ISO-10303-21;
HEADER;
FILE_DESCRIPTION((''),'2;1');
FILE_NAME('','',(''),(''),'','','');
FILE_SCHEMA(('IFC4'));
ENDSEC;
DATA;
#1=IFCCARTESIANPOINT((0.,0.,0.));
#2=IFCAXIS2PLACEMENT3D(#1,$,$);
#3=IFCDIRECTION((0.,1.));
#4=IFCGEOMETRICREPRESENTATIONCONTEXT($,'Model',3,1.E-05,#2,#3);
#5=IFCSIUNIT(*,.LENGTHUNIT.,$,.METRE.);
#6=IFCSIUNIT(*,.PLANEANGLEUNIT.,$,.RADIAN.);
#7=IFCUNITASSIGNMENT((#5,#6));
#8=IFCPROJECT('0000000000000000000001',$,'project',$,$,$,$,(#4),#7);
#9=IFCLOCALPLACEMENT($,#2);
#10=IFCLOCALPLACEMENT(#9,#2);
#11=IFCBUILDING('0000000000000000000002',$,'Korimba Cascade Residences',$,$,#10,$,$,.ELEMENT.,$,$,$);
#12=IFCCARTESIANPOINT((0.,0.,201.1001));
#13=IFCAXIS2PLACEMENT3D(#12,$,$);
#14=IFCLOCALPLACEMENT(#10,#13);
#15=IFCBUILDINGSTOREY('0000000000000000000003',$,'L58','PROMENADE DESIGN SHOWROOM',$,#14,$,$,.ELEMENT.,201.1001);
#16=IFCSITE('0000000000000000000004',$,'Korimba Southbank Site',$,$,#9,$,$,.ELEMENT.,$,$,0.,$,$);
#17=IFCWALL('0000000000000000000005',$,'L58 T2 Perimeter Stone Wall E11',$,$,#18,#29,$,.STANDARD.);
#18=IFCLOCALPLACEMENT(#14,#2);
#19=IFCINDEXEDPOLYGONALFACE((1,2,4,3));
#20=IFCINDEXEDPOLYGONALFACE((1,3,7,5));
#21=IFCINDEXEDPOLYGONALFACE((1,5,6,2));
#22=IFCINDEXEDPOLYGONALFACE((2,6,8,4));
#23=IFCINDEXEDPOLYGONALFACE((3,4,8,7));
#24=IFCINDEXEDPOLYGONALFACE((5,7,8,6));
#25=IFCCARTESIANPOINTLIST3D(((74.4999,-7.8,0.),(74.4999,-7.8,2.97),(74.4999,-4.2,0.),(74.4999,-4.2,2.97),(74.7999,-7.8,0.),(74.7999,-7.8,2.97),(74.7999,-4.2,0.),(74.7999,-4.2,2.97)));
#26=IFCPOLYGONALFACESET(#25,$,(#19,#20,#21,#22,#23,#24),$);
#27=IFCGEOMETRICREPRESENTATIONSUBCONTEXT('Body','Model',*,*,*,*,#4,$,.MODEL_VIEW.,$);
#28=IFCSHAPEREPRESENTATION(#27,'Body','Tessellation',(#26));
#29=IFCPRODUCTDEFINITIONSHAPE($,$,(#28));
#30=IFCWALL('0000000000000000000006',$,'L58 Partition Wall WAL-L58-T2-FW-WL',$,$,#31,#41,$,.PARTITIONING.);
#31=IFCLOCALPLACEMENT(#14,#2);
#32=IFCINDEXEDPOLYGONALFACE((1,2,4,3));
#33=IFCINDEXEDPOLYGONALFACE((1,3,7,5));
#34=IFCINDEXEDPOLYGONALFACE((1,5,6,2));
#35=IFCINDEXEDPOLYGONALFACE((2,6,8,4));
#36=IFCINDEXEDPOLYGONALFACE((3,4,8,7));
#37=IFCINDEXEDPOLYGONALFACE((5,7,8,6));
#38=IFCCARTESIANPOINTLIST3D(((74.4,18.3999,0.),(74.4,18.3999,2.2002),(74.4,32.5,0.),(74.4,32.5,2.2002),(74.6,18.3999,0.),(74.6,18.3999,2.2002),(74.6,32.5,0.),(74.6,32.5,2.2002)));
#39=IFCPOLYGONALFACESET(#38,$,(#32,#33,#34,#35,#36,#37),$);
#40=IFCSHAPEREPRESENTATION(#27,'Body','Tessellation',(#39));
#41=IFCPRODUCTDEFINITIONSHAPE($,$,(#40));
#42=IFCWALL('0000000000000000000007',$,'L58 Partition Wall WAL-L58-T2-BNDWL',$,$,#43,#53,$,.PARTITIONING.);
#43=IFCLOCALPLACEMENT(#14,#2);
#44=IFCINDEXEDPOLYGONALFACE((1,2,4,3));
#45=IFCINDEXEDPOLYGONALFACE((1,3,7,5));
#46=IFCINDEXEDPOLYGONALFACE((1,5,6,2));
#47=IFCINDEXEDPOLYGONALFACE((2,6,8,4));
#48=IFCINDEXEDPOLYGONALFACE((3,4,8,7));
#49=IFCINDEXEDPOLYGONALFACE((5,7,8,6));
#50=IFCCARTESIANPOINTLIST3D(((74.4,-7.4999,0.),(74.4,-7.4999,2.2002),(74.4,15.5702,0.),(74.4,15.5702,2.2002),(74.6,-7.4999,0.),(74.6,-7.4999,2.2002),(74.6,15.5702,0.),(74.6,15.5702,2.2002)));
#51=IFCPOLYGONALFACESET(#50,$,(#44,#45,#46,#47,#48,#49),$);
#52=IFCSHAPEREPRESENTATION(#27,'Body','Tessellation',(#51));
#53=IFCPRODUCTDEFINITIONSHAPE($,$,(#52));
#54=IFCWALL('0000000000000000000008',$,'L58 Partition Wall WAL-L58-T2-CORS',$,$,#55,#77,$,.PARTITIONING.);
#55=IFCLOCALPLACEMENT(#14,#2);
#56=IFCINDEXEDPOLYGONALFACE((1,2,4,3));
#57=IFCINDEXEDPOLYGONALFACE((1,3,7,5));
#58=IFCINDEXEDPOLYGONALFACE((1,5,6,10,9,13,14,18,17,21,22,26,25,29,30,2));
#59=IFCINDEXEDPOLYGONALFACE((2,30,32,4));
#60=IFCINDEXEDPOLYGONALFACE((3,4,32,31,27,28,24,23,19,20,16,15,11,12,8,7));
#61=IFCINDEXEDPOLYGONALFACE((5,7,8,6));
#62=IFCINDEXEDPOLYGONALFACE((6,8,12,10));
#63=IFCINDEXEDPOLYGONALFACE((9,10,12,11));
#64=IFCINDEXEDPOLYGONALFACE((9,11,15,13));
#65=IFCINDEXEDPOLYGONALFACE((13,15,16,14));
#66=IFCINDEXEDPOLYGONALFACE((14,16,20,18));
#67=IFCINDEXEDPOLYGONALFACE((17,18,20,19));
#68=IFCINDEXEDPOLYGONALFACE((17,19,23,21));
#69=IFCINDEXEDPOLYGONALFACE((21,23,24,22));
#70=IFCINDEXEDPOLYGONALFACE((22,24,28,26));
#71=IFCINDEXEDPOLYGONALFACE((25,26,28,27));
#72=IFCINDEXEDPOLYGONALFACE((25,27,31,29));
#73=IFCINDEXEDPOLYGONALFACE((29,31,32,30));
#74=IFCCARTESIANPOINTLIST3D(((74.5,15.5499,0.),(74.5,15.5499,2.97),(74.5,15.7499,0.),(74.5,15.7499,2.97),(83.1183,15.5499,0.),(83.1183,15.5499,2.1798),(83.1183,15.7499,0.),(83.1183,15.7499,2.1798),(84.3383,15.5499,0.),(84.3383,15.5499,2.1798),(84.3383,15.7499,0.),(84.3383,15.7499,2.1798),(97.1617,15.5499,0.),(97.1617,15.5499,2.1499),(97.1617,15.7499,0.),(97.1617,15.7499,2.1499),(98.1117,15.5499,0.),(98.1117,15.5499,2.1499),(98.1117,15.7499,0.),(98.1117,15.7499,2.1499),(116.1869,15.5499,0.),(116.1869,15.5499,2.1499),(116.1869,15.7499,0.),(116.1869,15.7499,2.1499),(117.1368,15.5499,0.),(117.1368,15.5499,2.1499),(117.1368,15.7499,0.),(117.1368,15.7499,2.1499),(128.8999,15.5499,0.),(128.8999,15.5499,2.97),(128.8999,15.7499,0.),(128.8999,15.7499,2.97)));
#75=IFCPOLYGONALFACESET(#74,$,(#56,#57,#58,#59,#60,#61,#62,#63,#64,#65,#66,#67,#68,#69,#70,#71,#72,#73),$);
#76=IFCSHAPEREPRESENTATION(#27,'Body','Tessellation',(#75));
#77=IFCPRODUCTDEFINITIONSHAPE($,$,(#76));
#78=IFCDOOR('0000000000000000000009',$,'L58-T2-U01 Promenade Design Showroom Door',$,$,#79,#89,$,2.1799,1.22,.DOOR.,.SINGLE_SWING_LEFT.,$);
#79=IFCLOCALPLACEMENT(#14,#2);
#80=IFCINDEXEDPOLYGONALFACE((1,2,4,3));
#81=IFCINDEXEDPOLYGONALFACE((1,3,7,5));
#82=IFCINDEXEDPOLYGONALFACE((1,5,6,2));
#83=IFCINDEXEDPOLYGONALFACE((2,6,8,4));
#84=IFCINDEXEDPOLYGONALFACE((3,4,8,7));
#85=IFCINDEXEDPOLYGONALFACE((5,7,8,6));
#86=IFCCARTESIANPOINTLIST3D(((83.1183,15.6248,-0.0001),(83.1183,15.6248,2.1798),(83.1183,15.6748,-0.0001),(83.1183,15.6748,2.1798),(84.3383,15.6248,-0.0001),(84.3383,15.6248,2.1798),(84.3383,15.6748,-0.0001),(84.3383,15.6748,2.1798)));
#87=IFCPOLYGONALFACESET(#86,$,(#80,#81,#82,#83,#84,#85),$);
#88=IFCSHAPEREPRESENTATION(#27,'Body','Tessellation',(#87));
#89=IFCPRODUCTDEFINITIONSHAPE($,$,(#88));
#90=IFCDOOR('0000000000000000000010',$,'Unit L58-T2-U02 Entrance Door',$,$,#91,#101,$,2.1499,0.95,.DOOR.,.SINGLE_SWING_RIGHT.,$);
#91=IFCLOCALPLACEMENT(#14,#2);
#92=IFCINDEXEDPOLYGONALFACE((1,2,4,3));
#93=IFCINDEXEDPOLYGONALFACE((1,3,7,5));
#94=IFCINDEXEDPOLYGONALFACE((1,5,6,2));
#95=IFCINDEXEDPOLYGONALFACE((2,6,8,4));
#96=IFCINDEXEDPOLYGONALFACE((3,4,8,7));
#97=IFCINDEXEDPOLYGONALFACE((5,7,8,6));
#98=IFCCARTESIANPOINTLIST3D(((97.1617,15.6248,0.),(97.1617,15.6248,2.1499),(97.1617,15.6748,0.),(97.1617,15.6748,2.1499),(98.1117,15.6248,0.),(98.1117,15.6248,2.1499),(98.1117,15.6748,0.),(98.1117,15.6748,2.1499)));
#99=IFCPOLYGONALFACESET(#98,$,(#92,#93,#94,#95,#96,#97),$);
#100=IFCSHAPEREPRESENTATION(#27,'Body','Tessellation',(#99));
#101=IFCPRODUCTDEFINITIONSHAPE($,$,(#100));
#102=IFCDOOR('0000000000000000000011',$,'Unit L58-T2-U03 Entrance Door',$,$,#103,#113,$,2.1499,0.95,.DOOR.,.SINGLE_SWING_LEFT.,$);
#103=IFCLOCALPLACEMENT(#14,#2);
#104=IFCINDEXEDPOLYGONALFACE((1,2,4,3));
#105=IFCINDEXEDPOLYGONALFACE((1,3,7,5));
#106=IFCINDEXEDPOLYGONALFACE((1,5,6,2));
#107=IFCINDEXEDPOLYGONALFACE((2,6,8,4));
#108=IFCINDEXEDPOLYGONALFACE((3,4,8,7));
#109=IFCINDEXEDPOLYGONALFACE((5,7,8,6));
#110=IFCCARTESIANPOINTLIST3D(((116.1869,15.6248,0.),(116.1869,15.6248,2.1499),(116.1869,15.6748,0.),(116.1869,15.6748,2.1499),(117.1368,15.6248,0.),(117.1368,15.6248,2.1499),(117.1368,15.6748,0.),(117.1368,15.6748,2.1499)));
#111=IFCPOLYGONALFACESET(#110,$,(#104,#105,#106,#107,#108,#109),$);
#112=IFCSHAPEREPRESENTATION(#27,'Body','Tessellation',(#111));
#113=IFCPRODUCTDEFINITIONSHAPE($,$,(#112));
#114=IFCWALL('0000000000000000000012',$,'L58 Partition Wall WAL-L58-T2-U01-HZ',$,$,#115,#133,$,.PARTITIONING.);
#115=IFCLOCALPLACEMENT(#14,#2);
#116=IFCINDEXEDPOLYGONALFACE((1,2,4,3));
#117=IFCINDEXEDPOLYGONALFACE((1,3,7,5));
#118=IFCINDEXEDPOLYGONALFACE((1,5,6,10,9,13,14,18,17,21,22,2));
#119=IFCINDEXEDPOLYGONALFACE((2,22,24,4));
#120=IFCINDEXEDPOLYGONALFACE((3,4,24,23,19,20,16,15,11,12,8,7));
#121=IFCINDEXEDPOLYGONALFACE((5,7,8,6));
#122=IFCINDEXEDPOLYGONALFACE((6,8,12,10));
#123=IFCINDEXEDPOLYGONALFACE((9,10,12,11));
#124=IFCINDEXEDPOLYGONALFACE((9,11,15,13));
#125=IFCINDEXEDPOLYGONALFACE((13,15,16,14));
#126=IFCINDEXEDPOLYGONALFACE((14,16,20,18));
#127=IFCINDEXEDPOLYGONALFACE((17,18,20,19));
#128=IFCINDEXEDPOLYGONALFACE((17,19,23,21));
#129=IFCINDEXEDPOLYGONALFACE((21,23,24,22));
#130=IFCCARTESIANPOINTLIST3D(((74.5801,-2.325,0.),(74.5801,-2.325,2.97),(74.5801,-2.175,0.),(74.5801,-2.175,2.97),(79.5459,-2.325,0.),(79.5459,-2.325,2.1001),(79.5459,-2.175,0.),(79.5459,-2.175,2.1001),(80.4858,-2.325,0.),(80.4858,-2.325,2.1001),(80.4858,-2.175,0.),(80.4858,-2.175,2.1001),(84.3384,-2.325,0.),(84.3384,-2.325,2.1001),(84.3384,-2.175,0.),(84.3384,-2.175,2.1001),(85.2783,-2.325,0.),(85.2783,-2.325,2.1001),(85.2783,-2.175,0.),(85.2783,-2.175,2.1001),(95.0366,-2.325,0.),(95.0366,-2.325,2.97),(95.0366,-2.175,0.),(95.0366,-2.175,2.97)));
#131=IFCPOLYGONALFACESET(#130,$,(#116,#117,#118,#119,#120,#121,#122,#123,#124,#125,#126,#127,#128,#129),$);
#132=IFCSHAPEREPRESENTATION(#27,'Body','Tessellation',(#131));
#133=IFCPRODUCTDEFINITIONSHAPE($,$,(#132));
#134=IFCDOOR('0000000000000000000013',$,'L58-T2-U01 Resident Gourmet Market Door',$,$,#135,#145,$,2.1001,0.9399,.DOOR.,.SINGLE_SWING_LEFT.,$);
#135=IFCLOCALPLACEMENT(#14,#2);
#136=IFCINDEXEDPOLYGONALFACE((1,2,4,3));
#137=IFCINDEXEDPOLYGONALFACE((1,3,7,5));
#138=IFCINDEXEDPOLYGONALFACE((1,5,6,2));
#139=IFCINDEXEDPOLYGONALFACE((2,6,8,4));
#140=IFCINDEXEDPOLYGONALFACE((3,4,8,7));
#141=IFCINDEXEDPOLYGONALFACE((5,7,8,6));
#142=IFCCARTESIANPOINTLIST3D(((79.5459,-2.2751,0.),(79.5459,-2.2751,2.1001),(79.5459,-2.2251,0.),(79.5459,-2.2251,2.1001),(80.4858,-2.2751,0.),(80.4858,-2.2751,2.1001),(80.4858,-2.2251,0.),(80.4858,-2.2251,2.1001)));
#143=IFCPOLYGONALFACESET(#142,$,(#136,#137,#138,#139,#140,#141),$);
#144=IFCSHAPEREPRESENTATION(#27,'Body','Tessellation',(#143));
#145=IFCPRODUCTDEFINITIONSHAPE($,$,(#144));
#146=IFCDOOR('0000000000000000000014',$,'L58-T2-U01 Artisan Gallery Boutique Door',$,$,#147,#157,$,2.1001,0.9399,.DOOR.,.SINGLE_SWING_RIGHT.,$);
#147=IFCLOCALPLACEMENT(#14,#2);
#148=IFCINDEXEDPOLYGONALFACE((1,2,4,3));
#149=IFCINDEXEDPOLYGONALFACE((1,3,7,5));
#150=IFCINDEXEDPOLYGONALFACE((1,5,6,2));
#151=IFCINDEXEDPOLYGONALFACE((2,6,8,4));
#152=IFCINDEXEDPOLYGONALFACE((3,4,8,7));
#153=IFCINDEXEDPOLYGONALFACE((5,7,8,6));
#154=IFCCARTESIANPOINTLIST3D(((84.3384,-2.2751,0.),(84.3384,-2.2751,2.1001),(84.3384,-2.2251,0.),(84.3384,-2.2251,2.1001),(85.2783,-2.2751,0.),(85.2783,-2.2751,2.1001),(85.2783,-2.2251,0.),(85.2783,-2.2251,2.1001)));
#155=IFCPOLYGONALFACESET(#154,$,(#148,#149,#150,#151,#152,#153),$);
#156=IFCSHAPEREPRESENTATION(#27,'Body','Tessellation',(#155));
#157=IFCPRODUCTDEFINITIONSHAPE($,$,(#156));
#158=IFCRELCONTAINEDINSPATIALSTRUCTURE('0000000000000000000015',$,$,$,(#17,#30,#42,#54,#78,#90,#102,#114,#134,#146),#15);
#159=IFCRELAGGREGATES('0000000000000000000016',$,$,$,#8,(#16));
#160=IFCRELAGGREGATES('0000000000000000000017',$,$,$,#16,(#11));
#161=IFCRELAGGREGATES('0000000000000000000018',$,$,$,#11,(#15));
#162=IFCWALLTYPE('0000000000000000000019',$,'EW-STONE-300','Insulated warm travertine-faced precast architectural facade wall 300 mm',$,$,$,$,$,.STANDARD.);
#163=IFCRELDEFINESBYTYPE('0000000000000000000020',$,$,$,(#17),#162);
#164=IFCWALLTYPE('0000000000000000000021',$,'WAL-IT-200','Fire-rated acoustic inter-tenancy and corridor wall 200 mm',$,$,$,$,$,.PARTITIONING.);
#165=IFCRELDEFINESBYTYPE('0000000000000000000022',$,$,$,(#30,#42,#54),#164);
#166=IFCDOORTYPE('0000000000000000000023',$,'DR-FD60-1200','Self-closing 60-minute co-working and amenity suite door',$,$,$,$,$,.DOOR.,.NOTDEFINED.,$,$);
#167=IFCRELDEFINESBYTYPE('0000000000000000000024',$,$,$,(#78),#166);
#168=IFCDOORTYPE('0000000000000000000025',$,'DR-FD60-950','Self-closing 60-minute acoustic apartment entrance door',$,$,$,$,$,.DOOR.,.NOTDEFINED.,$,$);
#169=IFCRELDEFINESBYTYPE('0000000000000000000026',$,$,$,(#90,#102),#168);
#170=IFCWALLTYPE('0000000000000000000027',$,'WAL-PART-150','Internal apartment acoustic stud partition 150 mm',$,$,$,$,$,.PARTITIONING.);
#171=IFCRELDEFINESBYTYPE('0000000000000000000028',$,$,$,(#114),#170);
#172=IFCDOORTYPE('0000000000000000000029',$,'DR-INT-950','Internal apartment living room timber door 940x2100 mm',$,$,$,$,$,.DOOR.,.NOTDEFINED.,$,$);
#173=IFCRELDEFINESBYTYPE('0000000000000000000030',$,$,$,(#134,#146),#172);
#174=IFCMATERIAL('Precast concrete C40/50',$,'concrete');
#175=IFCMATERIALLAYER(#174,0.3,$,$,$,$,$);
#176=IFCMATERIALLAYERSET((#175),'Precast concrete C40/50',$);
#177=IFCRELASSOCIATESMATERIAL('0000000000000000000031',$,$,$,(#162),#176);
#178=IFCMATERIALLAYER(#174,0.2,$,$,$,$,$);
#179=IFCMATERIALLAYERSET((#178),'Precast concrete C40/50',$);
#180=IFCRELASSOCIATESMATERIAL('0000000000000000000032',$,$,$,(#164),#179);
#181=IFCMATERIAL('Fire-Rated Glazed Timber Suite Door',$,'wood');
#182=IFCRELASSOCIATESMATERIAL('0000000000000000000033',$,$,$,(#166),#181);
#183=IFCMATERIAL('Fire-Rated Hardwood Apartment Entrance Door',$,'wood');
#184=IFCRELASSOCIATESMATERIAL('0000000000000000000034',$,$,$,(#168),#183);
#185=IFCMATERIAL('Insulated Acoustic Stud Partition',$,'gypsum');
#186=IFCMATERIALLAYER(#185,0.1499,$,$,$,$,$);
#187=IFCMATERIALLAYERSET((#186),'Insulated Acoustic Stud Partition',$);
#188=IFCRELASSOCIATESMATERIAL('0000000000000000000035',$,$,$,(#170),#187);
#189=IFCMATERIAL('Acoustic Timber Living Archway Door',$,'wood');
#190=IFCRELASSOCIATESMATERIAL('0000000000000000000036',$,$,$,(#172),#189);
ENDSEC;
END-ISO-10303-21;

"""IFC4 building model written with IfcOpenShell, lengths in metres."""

from ifc_helpers import new_model, si_unit, direction, frame, frame_2d, origin, place, context, subcontext, project, spatial, rectangle, extrude, material, layer, layer_set, type_object, element, fill, save


model = new_model("IFC4")

# Units and contexts
model_context = context("Model", 3, precision=1e-05, world=origin(), true_north=direction((0.0, 1.0)))
body_context = subcontext(model_context, "Body", "Model", "MODEL_VIEW")
ifc_project = project(units=[si_unit("LENGTHUNIT", "METRE"), si_unit("PLANEANGLEUNIT", "RADIAN")], contexts=[model_context])

# Site, building, storey
site_placement = place(None, origin())
site = spatial("IfcSite", under=ifc_project, at=site_placement, Name="Korimba Southbank Site", CompositionType="ELEMENT", RefElevation=0.0)
building_placement = place(site_placement, origin())
building = spatial("IfcBuilding", under=site, at=building_placement, Name="Korimba Cascade Residences", CompositionType="ELEMENT")
storey_placement = place(building_placement, frame((0.0, 0.0, 201.1001)))
storey = spatial("IfcBuildingStorey", under=building, at=storey_placement, Name="L58", Description="PROMENADE DESIGN SHOWROOM", CompositionType="ELEMENT", Elevation=201.1001)

# Shared definitions
ifc_material_1 = material(Name="Precast concrete C40/50", Category="concrete")

# Walls
ifc_layer_1 = layer(ifc_material_1, 0.3)
ifc_layer_set_1 = layer_set([ifc_layer_1], Name="Precast concrete C40/50")
wall_type_1 = type_object("IfcWallType", Name="EW-STONE-300", Description="Insulated warm travertine-faced precast architectural facade wall 300 mm", PredefinedType="STANDARD", material=ifc_layer_set_1)
wall_1_placement = place(storey_placement, frame((74.6499, -4.2, 0.0), z_axis=(0.0, 0.0, 1.0), x_axis=(0.0, -1.0, 0.0)))
element("IfcWall", 1, at=wall_1_placement, inside=storey, type_object=wall_type_1, Name="L58 T2 Perimeter Stone Wall E11", PredefinedType="STANDARD", context=body_context, shape_type="SweptSolid", body=[
    extrude(rectangle(XDim=3.6001, YDim=0.3, at=frame_2d((1.8, 0.0))), origin(), (0.0, 0.0, 1.0), 2.97),
])
ifc_layer_2 = layer(ifc_material_1, 0.2)
ifc_layer_set_2 = layer_set([ifc_layer_2], Name="Precast concrete C40/50")
wall_type_2 = type_object("IfcWallType", Name="WAL-IT-200", Description="Fire-rated acoustic inter-tenancy and corridor wall 200 mm", PredefinedType="PARTITIONING", material=ifc_layer_set_2)
wall_2_placement = place(storey_placement, frame((74.5, 18.3999, 0.0), z_axis=(0.0, 0.0, 1.0), x_axis=(0.0, 1.0, 0.0)))
element("IfcWall", 2, at=wall_2_placement, inside=storey, type_object=wall_type_2, Name="L58 Partition Wall WAL-L58-T2-FW-WL", PredefinedType="PARTITIONING", context=body_context, shape_type="SweptSolid", body=[
    extrude(rectangle(XDim=14.1001, YDim=0.2, at=frame_2d((7.05, 0.0))), origin(), (0.0, 0.0, 1.0), 2.2002),
])
wall_3_placement = place(storey_placement, frame((74.5, -7.5, 0.0), z_axis=(0.0, 0.0, 1.0), x_axis=(0.0, 1.0, 0.0)))
element("IfcWall", 3, at=wall_3_placement, inside=storey, type_object=wall_type_2, Name="L58 Partition Wall WAL-L58-T2-BNDWL", PredefinedType="PARTITIONING", context=body_context, shape_type="SweptSolid", body=[
    extrude(rectangle(XDim=23.0701, YDim=0.2, at=frame_2d((11.5352, 0.0))), origin(), (0.0, 0.0, 1.0), 2.2002),
])

# Walls, openings, doors
wall_4_placement = place(storey_placement, frame((74.5, 15.6499, 0.0), z_axis=(0.0, 0.0, 1.0), x_axis=(1.0, 0.0, 0.0)))
wall_4 = element("IfcWall", 4, at=wall_4_placement, inside=storey, type_object=wall_type_2, Name="L58 Partition Wall WAL-L58-T2-CORS", PredefinedType="PARTITIONING", context=body_context, shape_type="SweptSolid", body=[
    extrude(rectangle(XDim=54.3999, YDim=0.2, at=frame_2d((27.2, 0.0))), origin(), (0.0, 0.0, 1.0), 2.97),
])
opening_1_placement = place(wall_4_placement, frame((8.6184, 0.0, 0.0)))
opening_1 = element("IfcOpeningElement", 5, at=opening_1_placement, cuts=wall_4, PredefinedType="OPENING", context=body_context, shape_type="SweptSolid", body=[
    extrude(rectangle(XDim=1.22, YDim=2.1799, at=frame_2d((0.6099, 1.0898))), frame((0.0, 0.1099, 0.0), z_axis=(0.0, -1.0, 0.0), x_axis=(1.0, 0.0, 0.0)), (0.0, 0.0, 1.0), 0.22),
])
opening_2_placement = place(wall_4_placement, frame((22.6616, 0.0, 0.0)))
opening_2 = element("IfcOpeningElement", 6, at=opening_2_placement, cuts=wall_4, PredefinedType="OPENING", context=body_context, shape_type="SweptSolid", body=[
    extrude(rectangle(XDim=0.95, YDim=2.1499, at=frame_2d((0.4751, 1.075))), frame((0.0, 0.1099, 0.0), z_axis=(0.0, -1.0, 0.0), x_axis=(1.0, 0.0, 0.0)), (0.0, 0.0, 1.0), 0.22),
])
opening_3_placement = place(wall_4_placement, frame((41.6868, 0.0, 0.0)))
opening_3 = element("IfcOpeningElement", 7, at=opening_3_placement, cuts=wall_4, PredefinedType="OPENING", context=body_context, shape_type="SweptSolid", body=[
    extrude(rectangle(XDim=0.95, YDim=2.1499, at=frame_2d((0.4751, 1.075))), frame((0.0, 0.1099, 0.0), z_axis=(0.0, -1.0, 0.0), x_axis=(1.0, 0.0, 0.0)), (0.0, 0.0, 1.0), 0.22),
])
ifc_material_2 = material(Name="Fire-Rated Glazed Timber Suite Door", Category="wood")
door_type_1 = type_object("IfcDoorType", Name="DR-FD60-1200", Description="Self-closing 60-minute co-working and amenity suite door", OperationType="NOTDEFINED", PredefinedType="DOOR", material=ifc_material_2)
door_1_placement = place(opening_1_placement, origin())
door_1 = element("IfcDoor", 8, at=door_1_placement, inside=storey, type_object=door_type_1, Name="L58-T2-U01 Promenade Design Showroom Door", OperationType="SINGLE_SWING_LEFT", OverallHeight=2.1799, OverallWidth=1.22, PredefinedType="DOOR", context=body_context, shape_type="SweptSolid", body=[
    extrude(rectangle(XDim=1.22, YDim=2.1799, at=frame_2d((0.6099, 1.0898))), frame((0.0, 0.0249, 0.0), z_axis=(0.0, -1.0, 0.0), x_axis=(1.0, 0.0, 0.0)), (0.0, 0.0, 1.0), 0.05),
])
fill(opening_1, door_1)
ifc_material_3 = material(Name="Fire-Rated Hardwood Apartment Entrance Door", Category="wood")
door_type_2 = type_object("IfcDoorType", Name="DR-FD60-950", Description="Self-closing 60-minute acoustic apartment entrance door", OperationType="NOTDEFINED", PredefinedType="DOOR", material=ifc_material_3)
door_2_placement = place(opening_2_placement, origin())
door_2 = element("IfcDoor", 9, at=door_2_placement, inside=storey, type_object=door_type_2, Name="Unit L58-T2-U02 Entrance Door", OperationType="SINGLE_SWING_RIGHT", OverallHeight=2.1499, OverallWidth=0.95, PredefinedType="DOOR", context=body_context, shape_type="SweptSolid", body=[
    extrude(rectangle(XDim=0.95, YDim=2.1499, at=frame_2d((0.4751, 1.075))), frame((0.0, 0.0249, 0.0), z_axis=(0.0, -1.0, 0.0), x_axis=(1.0, 0.0, 0.0)), (0.0, 0.0, 1.0), 0.05),
])
fill(opening_2, door_2)
door_3_placement = place(opening_3_placement, origin())
door_3 = element("IfcDoor", 10, at=door_3_placement, inside=storey, type_object=door_type_2, Name="Unit L58-T2-U03 Entrance Door", OperationType="SINGLE_SWING_LEFT", OverallHeight=2.1499, OverallWidth=0.95, PredefinedType="DOOR", context=body_context, shape_type="SweptSolid", body=[
    extrude(rectangle(XDim=0.95, YDim=2.1499, at=frame_2d((0.4751, 1.075))), frame((0.0, 0.0249, 0.0), z_axis=(0.0, -1.0, 0.0), x_axis=(1.0, 0.0, 0.0)), (0.0, 0.0, 1.0), 0.05),
])
fill(opening_3, door_3)
ifc_material_4 = material(Name="Insulated Acoustic Stud Partition", Category="gypsum")
ifc_layer_3 = layer(ifc_material_4, 0.1499)
ifc_layer_set_3 = layer_set([ifc_layer_3], Name="Insulated Acoustic Stud Partition")
wall_type_3 = type_object("IfcWallType", Name="WAL-PART-150", Description="Internal apartment acoustic stud partition 150 mm", PredefinedType="PARTITIONING", material=ifc_layer_set_3)
wall_5_placement = place(storey_placement, frame((74.5801, -2.25, 0.0), z_axis=(0.0, 0.0, 1.0), x_axis=(1.0, 0.0, 0.0)))
wall_5 = element("IfcWall", 11, at=wall_5_placement, inside=storey, type_object=wall_type_3, Name="L58 Partition Wall WAL-L58-T2-U01-HZ", PredefinedType="PARTITIONING", context=body_context, shape_type="SweptSolid", body=[
    extrude(rectangle(XDim=20.4565, YDim=0.1499, at=frame_2d((10.2283, 0.0))), origin(), (0.0, 0.0, 1.0), 2.97),
])
opening_4_placement = place(wall_5_placement, frame((4.9658, 0.0, 0.0)))
opening_4 = element("IfcOpeningElement", 12, at=opening_4_placement, cuts=wall_5, PredefinedType="OPENING", context=body_context, shape_type="SweptSolid", body=[
    extrude(rectangle(XDim=0.9399, YDim=2.1001, at=frame_2d((0.47, 1.05))), frame((0.0, 0.085, 0.0), z_axis=(0.0, -1.0, 0.0), x_axis=(1.0, 0.0, 0.0)), (0.0, 0.0, 1.0), 0.1699),
])
opening_5_placement = place(wall_5_placement, frame((9.7583, 0.0, 0.0)))
opening_5 = element("IfcOpeningElement", 13, at=opening_5_placement, cuts=wall_5, PredefinedType="OPENING", context=body_context, shape_type="SweptSolid", body=[
    extrude(rectangle(XDim=0.9399, YDim=2.1001, at=frame_2d((0.47, 1.05))), frame((0.0, 0.085, 0.0), z_axis=(0.0, -1.0, 0.0), x_axis=(1.0, 0.0, 0.0)), (0.0, 0.0, 1.0), 0.1699),
])
ifc_material_5 = material(Name="Acoustic Timber Living Archway Door", Category="wood")
door_type_3 = type_object("IfcDoorType", Name="DR-INT-950", Description="Internal apartment living room timber door 940x2100 mm", OperationType="NOTDEFINED", PredefinedType="DOOR", material=ifc_material_5)
door_4_placement = place(opening_4_placement, origin())
door_4 = element("IfcDoor", 14, at=door_4_placement, inside=storey, type_object=door_type_3, Name="L58-T2-U01 Resident Gourmet Market Door", OperationType="SINGLE_SWING_LEFT", OverallHeight=2.1001, OverallWidth=0.9399, PredefinedType="DOOR", context=body_context, shape_type="SweptSolid", body=[
    extrude(rectangle(XDim=0.9399, YDim=2.1001, at=frame_2d((0.47, 1.05))), frame((0.0, 0.0249, 0.0), z_axis=(0.0, -1.0, 0.0), x_axis=(1.0, 0.0, 0.0)), (0.0, 0.0, 1.0), 0.05),
])
fill(opening_4, door_4)
door_5_placement = place(opening_5_placement, origin())
door_5 = element("IfcDoor", 15, at=door_5_placement, inside=storey, type_object=door_type_3, Name="L58-T2-U01 Artisan Gallery Boutique Door", OperationType="SINGLE_SWING_RIGHT", OverallHeight=2.1001, OverallWidth=0.9399, PredefinedType="DOOR", context=body_context, shape_type="SweptSolid", body=[
    extrude(rectangle(XDim=0.9399, YDim=2.1001, at=frame_2d((0.47, 1.05))), frame((0.0, 0.0249, 0.0), z_axis=(0.0, -1.0, 0.0), x_axis=(1.0, 0.0, 0.0)), (0.0, 0.0, 1.0), 0.05),
])
fill(opening_5, door_5)

save(model, "model.ifc")
